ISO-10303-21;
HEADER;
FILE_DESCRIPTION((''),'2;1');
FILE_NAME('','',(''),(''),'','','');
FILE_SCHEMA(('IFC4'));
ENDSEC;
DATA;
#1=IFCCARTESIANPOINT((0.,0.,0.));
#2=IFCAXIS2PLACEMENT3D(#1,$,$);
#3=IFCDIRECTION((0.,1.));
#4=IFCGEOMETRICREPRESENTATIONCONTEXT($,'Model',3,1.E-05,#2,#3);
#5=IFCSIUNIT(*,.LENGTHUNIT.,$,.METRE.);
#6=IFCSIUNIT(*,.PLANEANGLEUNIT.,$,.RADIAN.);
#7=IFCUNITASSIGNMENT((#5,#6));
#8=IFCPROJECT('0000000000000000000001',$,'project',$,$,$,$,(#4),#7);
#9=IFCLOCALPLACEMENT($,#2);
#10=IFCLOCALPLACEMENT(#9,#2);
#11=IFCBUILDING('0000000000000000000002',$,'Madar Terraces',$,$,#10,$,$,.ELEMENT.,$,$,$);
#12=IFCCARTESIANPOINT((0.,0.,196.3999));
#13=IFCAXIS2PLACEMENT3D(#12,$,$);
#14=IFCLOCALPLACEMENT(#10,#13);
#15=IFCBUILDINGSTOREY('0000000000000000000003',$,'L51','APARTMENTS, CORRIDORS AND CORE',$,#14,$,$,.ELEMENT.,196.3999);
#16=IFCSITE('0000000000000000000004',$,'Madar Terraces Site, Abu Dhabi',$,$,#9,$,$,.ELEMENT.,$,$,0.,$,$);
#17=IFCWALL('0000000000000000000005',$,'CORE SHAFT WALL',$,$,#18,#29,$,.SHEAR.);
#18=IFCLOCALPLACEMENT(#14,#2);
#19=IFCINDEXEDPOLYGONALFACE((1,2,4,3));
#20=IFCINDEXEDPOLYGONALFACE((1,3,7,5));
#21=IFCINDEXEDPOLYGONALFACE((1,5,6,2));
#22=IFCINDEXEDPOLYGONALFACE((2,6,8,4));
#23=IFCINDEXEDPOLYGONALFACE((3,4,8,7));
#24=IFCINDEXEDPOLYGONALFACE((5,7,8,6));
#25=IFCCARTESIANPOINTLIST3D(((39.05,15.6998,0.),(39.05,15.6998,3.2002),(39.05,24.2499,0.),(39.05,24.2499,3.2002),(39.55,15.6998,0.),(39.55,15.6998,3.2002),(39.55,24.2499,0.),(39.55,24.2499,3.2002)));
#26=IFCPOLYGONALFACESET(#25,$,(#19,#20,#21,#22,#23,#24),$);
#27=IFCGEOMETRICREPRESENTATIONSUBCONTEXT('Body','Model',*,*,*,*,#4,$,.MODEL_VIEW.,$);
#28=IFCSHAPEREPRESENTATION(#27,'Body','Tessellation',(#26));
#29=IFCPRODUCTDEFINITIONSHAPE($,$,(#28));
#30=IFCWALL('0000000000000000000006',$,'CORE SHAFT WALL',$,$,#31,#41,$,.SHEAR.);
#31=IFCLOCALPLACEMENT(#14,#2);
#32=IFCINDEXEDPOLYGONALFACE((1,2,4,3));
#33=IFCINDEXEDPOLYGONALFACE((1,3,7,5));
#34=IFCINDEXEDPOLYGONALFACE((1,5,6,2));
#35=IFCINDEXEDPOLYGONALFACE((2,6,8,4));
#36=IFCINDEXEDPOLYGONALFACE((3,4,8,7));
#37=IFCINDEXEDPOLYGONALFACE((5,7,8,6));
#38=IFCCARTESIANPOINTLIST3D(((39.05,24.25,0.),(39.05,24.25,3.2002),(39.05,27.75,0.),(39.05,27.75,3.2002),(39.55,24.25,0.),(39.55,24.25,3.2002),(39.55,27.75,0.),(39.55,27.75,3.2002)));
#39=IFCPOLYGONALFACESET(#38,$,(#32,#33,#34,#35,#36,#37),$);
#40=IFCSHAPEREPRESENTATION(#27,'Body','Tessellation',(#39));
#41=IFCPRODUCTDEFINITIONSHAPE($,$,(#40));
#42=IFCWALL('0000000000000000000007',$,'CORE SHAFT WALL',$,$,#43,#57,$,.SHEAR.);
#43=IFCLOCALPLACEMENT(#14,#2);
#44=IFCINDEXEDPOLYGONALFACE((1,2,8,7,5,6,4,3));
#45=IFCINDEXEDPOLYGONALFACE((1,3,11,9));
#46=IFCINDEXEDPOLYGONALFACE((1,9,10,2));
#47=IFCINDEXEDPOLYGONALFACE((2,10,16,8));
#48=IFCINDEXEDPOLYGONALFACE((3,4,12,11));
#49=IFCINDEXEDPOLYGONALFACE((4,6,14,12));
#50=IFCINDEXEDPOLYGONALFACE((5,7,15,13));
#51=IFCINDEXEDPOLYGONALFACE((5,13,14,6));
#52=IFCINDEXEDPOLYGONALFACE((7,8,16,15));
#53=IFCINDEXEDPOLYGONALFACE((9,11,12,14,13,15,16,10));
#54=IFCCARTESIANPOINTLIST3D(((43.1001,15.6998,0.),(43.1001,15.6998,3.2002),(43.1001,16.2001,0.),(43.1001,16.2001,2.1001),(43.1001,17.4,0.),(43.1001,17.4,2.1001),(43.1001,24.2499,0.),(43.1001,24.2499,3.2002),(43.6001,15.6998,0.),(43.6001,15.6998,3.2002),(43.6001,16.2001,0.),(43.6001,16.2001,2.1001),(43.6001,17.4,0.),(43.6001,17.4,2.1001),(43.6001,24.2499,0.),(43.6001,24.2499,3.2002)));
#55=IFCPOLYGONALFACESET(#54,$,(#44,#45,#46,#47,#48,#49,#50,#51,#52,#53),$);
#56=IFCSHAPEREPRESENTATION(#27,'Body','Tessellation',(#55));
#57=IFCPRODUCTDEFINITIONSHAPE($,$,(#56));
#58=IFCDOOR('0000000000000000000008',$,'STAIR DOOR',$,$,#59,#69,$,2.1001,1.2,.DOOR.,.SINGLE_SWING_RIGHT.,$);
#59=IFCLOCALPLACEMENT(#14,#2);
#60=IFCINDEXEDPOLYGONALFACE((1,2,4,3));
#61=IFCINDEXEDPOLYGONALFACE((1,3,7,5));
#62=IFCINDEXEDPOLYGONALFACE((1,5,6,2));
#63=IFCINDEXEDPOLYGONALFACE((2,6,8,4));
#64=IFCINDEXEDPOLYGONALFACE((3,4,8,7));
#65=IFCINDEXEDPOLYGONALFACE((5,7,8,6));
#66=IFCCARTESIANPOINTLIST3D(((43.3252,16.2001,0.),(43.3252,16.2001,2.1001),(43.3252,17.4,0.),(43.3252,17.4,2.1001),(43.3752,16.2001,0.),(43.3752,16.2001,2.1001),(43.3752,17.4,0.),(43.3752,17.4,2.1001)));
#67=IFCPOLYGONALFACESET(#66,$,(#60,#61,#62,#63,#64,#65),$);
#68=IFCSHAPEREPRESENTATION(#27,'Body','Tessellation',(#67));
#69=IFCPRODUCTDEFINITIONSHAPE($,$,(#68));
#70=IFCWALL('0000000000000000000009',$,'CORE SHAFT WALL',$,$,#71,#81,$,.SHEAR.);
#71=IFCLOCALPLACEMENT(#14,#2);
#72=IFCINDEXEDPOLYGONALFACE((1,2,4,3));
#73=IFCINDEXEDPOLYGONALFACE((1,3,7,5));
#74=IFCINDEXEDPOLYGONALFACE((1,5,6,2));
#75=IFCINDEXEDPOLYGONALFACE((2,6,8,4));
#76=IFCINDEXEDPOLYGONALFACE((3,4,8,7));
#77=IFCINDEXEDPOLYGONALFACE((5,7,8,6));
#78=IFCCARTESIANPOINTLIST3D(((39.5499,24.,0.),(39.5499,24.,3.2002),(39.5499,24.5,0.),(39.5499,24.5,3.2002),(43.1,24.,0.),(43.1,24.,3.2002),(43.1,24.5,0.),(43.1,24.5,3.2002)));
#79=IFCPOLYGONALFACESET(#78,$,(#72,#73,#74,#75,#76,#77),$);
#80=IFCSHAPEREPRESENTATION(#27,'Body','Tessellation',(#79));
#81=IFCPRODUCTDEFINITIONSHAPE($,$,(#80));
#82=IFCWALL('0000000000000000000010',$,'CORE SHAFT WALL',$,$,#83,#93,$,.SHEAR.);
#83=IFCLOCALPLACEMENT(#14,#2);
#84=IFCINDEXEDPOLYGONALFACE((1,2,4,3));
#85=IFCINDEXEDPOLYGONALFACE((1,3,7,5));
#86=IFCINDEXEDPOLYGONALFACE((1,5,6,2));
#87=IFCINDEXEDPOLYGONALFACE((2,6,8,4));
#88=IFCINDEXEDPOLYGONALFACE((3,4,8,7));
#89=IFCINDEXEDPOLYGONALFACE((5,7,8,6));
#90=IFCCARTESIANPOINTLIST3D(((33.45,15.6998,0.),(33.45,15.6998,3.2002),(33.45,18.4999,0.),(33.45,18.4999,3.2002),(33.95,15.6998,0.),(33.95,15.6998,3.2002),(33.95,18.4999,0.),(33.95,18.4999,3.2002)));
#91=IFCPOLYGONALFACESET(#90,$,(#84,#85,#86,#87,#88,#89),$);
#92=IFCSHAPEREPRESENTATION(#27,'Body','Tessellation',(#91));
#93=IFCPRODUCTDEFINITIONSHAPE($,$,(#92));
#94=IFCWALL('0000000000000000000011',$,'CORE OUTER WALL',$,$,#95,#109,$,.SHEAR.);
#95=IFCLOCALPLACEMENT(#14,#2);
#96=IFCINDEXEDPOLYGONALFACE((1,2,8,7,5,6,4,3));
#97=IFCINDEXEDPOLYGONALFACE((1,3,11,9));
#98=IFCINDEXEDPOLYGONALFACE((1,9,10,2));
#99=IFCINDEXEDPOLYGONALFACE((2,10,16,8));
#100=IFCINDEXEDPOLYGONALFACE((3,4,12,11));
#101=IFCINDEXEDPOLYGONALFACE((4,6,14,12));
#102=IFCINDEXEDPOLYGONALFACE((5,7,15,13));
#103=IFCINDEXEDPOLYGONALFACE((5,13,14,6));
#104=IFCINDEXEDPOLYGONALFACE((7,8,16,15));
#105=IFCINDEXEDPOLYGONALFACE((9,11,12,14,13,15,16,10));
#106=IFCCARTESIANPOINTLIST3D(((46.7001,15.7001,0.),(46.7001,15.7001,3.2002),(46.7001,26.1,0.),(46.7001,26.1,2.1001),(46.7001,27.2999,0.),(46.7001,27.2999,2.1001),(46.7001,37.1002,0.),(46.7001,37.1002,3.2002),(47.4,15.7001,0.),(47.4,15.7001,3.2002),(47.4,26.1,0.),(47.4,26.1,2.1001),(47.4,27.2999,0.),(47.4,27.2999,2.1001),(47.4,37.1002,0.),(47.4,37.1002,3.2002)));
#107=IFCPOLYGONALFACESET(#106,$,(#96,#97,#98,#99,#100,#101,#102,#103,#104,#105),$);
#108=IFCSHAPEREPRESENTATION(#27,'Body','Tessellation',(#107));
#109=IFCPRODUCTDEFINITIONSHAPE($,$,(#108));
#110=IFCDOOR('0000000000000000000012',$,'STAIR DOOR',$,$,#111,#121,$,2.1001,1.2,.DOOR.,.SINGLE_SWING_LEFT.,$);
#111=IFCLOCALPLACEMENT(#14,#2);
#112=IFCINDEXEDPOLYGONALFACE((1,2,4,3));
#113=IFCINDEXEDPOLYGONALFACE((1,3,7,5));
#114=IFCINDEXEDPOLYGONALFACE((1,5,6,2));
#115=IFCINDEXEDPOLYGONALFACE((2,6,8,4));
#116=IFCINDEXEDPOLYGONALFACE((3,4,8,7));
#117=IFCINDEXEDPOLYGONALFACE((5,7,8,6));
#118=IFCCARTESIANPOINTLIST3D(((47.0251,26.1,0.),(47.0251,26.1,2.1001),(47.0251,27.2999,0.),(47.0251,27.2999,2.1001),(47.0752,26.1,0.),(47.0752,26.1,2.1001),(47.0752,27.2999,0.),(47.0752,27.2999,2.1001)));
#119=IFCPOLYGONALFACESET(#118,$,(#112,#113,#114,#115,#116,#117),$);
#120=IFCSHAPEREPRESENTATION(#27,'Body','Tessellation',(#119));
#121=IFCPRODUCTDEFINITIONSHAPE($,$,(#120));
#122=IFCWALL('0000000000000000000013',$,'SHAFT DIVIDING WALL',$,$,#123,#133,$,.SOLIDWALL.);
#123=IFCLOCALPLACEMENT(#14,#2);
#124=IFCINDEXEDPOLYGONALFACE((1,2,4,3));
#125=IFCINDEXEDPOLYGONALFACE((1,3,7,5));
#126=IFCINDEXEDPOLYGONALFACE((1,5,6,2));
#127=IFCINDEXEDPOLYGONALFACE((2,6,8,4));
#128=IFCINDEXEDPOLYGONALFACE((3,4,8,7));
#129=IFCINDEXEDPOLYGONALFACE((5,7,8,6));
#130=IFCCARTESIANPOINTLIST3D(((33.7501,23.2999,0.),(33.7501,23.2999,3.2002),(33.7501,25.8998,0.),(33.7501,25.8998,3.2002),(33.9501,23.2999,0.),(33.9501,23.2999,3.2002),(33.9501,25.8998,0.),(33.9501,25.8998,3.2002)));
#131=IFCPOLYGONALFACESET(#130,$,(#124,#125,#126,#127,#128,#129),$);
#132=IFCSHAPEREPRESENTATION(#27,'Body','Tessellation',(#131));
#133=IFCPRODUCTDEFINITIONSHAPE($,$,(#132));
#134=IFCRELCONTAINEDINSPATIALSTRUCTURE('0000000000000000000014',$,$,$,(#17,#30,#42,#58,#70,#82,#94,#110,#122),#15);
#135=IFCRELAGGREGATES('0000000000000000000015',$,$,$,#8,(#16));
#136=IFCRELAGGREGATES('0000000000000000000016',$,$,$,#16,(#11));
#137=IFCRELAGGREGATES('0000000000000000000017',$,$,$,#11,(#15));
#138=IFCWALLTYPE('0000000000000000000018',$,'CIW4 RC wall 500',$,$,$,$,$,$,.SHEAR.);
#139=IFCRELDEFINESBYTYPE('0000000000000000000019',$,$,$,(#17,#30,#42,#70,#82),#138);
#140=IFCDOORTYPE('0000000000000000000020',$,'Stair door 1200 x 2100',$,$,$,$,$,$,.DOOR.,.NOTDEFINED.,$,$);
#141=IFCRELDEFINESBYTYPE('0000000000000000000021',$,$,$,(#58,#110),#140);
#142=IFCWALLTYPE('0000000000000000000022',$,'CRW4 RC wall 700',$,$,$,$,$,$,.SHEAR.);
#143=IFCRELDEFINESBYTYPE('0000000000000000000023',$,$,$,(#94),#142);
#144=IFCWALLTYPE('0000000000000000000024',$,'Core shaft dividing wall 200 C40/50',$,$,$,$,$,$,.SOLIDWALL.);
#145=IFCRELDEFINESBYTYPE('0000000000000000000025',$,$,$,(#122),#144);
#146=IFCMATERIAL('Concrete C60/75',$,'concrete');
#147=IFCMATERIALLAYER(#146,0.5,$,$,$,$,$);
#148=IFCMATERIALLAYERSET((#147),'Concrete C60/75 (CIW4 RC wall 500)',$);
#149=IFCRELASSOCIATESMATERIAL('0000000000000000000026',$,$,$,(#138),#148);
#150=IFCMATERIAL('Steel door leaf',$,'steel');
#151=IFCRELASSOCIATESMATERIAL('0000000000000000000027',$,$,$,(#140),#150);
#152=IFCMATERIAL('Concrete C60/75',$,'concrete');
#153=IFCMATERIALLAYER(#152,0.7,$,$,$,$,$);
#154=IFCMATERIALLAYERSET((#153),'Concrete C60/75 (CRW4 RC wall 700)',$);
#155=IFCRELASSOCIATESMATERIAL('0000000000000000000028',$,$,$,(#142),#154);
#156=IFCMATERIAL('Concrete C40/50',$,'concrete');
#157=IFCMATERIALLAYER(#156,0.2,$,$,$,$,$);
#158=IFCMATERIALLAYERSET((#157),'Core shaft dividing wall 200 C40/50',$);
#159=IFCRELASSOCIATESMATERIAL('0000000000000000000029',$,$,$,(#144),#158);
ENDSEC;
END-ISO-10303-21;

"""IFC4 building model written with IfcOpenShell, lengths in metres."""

from ifc_helpers import new_model, si_unit, direction, frame, frame_2d, origin, place, context, subcontext, project, spatial, rectangle, extrude, material, layer, layer_set, type_object, element, fill, save


model = new_model("IFC4")

# Units and contexts
model_context = context("Model", 3, precision=1e-05, world=origin(), true_north=direction((0.0, 1.0)))
body_context = subcontext(model_context, "Body", "Model", "MODEL_VIEW")
ifc_project = project(units=[si_unit("LENGTHUNIT", "METRE"), si_unit("PLANEANGLEUNIT", "RADIAN")], contexts=[model_context])

# Site, building, storey
site_placement = place(None, origin())
site = spatial("IfcSite", under=ifc_project, at=site_placement, Name="Madar Terraces Site, Abu Dhabi", CompositionType="ELEMENT", RefElevation=0.0)
building_placement = place(site_placement, origin())
building = spatial("IfcBuilding", under=site, at=building_placement, Name="Madar Terraces", CompositionType="ELEMENT")
storey_placement = place(building_placement, frame((0.0, 0.0, 196.3999)))
storey = spatial("IfcBuildingStorey", under=building, at=storey_placement, Name="L51", Description="APARTMENTS, CORRIDORS AND CORE", CompositionType="ELEMENT", Elevation=196.3999)

# Walls
ifc_material_1 = material(Name="Concrete C60/75", Category="concrete")
ifc_layer_1 = layer(ifc_material_1, 0.5)
ifc_layer_set_1 = layer_set([ifc_layer_1], Name="Concrete C60/75 (CIW4 RC wall 500)")
wall_type_1 = type_object("IfcWallType", Name="CIW4 RC wall 500", PredefinedType="SHEAR", material=ifc_layer_set_1)
wall_1_placement = place(storey_placement, frame((39.3, 15.7, 0.0), z_axis=(0.0, 0.0, 1.0), x_axis=(0.0, 1.0, 0.0)))
element("IfcWall", 1, at=wall_1_placement, inside=storey, type_object=wall_type_1, Name="CORE SHAFT WALL", PredefinedType="SHEAR", context=body_context, shape_type="SweptSolid", body=[
    extrude(rectangle(XDim=8.55, YDim=0.5, at=frame_2d((4.2749, 0.0))), origin(), (0.0, 0.0, 1.0), 3.2002),
])
wall_2_placement = place(storey_placement, frame((39.3, 24.25, 0.0), z_axis=(0.0, 0.0, 1.0), x_axis=(0.0, 1.0, 0.0)))
element("IfcWall", 2, at=wall_2_placement, inside=storey, type_object=wall_type_1, Name="CORE SHAFT WALL", PredefinedType="SHEAR", context=body_context, shape_type="SweptSolid", body=[
    extrude(rectangle(XDim=3.5, YDim=0.5, at=frame_2d((1.75, 0.0))), origin(), (0.0, 0.0, 1.0), 3.2002),
])

# Wall, opening, door
wall_3_placement = place(storey_placement, frame((43.3501, 15.7, 0.0), z_axis=(0.0, 0.0, 1.0), x_axis=(0.0, 1.0, 0.0)))
wall_3 = element("IfcWall", 3, at=wall_3_placement, inside=storey, type_object=wall_type_1, Name="CORE SHAFT WALL", PredefinedType="SHEAR", context=body_context, shape_type="SweptSolid", body=[
    extrude(rectangle(XDim=8.55, YDim=0.5, at=frame_2d((4.2749, 0.0))), origin(), (0.0, 0.0, 1.0), 3.2002),
])
opening_1_placement = place(wall_3_placement, frame((0.5, 0.0, 0.0)))
opening_1 = element("IfcOpeningElement", 4, at=opening_1_placement, cuts=wall_3, PredefinedType="OPENING", context=body_context, shape_type="SweptSolid", body=[
    extrude(rectangle(XDim=1.2, YDim=2.1001, at=frame_2d((0.6001, 1.05))), frame((0.0, 0.26, 0.0), z_axis=(0.0, -1.0, 0.0), x_axis=(1.0, 0.0, 0.0)), (0.0, 0.0, 1.0), 0.52),
])
ifc_material_2 = material(Name="Steel door leaf", Category="steel")
door_type_1 = type_object("IfcDoorType", Name="Stair door 1200 x 2100", OperationType="NOTDEFINED", PredefinedType="DOOR", material=ifc_material_2)
door_1_placement = place(opening_1_placement, origin())
door_1 = element("IfcDoor", 5, at=door_1_placement, inside=storey, type_object=door_type_1, Name="STAIR DOOR", OperationType="SINGLE_SWING_RIGHT", OverallHeight=2.1001, OverallWidth=1.2, PredefinedType="DOOR", context=body_context, shape_type="SweptSolid", body=[
    extrude(rectangle(XDim=1.2, YDim=2.1001, at=frame_2d((0.6001, 1.05))), frame((0.0, 0.0249, 0.0), z_axis=(0.0, -1.0, 0.0), x_axis=(1.0, 0.0, 0.0)), (0.0, 0.0, 1.0), 0.05),
])
fill(opening_1, door_1)

# Walls
wall_4_placement = place(storey_placement, frame((39.55, 24.25, 0.0), z_axis=(0.0, 0.0, 1.0), x_axis=(1.0, 0.0, 0.0)))
element("IfcWall", 6, at=wall_4_placement, inside=storey, type_object=wall_type_1, Name="CORE SHAFT WALL", PredefinedType="SHEAR", context=body_context, shape_type="SweptSolid", body=[
    extrude(rectangle(XDim=3.55, YDim=0.5, at=frame_2d((1.7749, 0.0))), origin(), (0.0, 0.0, 1.0), 3.2002),
])
wall_5_placement = place(storey_placement, frame((33.7, 15.7, 0.0), z_axis=(0.0, 0.0, 1.0), x_axis=(0.0, 1.0, 0.0)))
element("IfcWall", 7, at=wall_5_placement, inside=storey, type_object=wall_type_1, Name="CORE SHAFT WALL", PredefinedType="SHEAR", context=body_context, shape_type="SweptSolid", body=[
    extrude(rectangle(XDim=2.8, YDim=0.5, at=frame_2d((1.3999, 0.0))), origin(), (0.0, 0.0, 1.0), 3.2002),
])

# Wall, opening, door
ifc_material_3 = material(Name="Concrete C60/75", Category="concrete")
ifc_layer_2 = layer(ifc_material_3, 0.7)
ifc_layer_set_2 = layer_set([ifc_layer_2], Name="Concrete C60/75 (CRW4 RC wall 700)")
wall_type_2 = type_object("IfcWallType", Name="CRW4 RC wall 700", PredefinedType="SHEAR", material=ifc_layer_set_2)
wall_6_placement = place(storey_placement, frame((47.05, 15.7, 0.0), z_axis=(0.0, 0.0, 1.0), x_axis=(0.0, 1.0, 0.0)))
wall_6 = element("IfcWall", 8, at=wall_6_placement, inside=storey, type_object=wall_type_2, Name="CORE OUTER WALL", PredefinedType="SHEAR", context=body_context, shape_type="SweptSolid", body=[
    extrude(rectangle(XDim=21.4001, YDim=0.7, at=frame_2d((10.7002, 0.0))), origin(), (0.0, 0.0, 1.0), 3.2002),
])
opening_2_placement = place(wall_6_placement, frame((10.3999, 0.0, 0.0)))
opening_2 = element("IfcOpeningElement", 9, at=opening_2_placement, cuts=wall_6, PredefinedType="OPENING", context=body_context, shape_type="SweptSolid", body=[
    extrude(rectangle(XDim=1.2, YDim=2.1001, at=frame_2d((0.6001, 1.05))), frame((0.0, 0.3599, 0.0), z_axis=(0.0, -1.0, 0.0), x_axis=(1.0, 0.0, 0.0)), (0.0, 0.0, 1.0), 0.72),
])
door_2_placement = place(opening_2_placement, origin())
door_2 = element("IfcDoor", 10, at=door_2_placement, inside=storey, type_object=door_type_1, Name="STAIR DOOR", OperationType="SINGLE_SWING_LEFT", OverallHeight=2.1001, OverallWidth=1.2, PredefinedType="DOOR", context=body_context, shape_type="SweptSolid", body=[
    extrude(rectangle(XDim=1.2, YDim=2.1001, at=frame_2d((0.6001, 1.05))), frame((0.0, 0.0249, 0.0), z_axis=(0.0, -1.0, 0.0), x_axis=(1.0, 0.0, 0.0)), (0.0, 0.0, 1.0), 0.05),
])
fill(opening_2, door_2)

# Wall
ifc_material_4 = material(Name="Concrete C40/50", Category="concrete")
ifc_layer_3 = layer(ifc_material_4, 0.2)
ifc_layer_set_3 = layer_set([ifc_layer_3], Name="Core shaft dividing wall 200 C40/50")
wall_type_3 = type_object("IfcWallType", Name="Core shaft dividing wall 200 C40/50", PredefinedType="SOLIDWALL", material=ifc_layer_set_3)
wall_7_placement = place(storey_placement, frame((33.8501, 23.3, 0.0), z_axis=(0.0, 0.0, 1.0), x_axis=(0.0, 1.0, 0.0)))
element("IfcWall", 11, at=wall_7_placement, inside=storey, type_object=wall_type_3, Name="SHAFT DIVIDING WALL", PredefinedType="SOLIDWALL", context=body_context, shape_type="SweptSolid", body=[
    extrude(rectangle(XDim=2.5999, YDim=0.2, at=frame_2d((1.2998, 0.0))), origin(), (0.0, 0.0, 1.0), 3.2002),
])

save(model, "model.ifc")
